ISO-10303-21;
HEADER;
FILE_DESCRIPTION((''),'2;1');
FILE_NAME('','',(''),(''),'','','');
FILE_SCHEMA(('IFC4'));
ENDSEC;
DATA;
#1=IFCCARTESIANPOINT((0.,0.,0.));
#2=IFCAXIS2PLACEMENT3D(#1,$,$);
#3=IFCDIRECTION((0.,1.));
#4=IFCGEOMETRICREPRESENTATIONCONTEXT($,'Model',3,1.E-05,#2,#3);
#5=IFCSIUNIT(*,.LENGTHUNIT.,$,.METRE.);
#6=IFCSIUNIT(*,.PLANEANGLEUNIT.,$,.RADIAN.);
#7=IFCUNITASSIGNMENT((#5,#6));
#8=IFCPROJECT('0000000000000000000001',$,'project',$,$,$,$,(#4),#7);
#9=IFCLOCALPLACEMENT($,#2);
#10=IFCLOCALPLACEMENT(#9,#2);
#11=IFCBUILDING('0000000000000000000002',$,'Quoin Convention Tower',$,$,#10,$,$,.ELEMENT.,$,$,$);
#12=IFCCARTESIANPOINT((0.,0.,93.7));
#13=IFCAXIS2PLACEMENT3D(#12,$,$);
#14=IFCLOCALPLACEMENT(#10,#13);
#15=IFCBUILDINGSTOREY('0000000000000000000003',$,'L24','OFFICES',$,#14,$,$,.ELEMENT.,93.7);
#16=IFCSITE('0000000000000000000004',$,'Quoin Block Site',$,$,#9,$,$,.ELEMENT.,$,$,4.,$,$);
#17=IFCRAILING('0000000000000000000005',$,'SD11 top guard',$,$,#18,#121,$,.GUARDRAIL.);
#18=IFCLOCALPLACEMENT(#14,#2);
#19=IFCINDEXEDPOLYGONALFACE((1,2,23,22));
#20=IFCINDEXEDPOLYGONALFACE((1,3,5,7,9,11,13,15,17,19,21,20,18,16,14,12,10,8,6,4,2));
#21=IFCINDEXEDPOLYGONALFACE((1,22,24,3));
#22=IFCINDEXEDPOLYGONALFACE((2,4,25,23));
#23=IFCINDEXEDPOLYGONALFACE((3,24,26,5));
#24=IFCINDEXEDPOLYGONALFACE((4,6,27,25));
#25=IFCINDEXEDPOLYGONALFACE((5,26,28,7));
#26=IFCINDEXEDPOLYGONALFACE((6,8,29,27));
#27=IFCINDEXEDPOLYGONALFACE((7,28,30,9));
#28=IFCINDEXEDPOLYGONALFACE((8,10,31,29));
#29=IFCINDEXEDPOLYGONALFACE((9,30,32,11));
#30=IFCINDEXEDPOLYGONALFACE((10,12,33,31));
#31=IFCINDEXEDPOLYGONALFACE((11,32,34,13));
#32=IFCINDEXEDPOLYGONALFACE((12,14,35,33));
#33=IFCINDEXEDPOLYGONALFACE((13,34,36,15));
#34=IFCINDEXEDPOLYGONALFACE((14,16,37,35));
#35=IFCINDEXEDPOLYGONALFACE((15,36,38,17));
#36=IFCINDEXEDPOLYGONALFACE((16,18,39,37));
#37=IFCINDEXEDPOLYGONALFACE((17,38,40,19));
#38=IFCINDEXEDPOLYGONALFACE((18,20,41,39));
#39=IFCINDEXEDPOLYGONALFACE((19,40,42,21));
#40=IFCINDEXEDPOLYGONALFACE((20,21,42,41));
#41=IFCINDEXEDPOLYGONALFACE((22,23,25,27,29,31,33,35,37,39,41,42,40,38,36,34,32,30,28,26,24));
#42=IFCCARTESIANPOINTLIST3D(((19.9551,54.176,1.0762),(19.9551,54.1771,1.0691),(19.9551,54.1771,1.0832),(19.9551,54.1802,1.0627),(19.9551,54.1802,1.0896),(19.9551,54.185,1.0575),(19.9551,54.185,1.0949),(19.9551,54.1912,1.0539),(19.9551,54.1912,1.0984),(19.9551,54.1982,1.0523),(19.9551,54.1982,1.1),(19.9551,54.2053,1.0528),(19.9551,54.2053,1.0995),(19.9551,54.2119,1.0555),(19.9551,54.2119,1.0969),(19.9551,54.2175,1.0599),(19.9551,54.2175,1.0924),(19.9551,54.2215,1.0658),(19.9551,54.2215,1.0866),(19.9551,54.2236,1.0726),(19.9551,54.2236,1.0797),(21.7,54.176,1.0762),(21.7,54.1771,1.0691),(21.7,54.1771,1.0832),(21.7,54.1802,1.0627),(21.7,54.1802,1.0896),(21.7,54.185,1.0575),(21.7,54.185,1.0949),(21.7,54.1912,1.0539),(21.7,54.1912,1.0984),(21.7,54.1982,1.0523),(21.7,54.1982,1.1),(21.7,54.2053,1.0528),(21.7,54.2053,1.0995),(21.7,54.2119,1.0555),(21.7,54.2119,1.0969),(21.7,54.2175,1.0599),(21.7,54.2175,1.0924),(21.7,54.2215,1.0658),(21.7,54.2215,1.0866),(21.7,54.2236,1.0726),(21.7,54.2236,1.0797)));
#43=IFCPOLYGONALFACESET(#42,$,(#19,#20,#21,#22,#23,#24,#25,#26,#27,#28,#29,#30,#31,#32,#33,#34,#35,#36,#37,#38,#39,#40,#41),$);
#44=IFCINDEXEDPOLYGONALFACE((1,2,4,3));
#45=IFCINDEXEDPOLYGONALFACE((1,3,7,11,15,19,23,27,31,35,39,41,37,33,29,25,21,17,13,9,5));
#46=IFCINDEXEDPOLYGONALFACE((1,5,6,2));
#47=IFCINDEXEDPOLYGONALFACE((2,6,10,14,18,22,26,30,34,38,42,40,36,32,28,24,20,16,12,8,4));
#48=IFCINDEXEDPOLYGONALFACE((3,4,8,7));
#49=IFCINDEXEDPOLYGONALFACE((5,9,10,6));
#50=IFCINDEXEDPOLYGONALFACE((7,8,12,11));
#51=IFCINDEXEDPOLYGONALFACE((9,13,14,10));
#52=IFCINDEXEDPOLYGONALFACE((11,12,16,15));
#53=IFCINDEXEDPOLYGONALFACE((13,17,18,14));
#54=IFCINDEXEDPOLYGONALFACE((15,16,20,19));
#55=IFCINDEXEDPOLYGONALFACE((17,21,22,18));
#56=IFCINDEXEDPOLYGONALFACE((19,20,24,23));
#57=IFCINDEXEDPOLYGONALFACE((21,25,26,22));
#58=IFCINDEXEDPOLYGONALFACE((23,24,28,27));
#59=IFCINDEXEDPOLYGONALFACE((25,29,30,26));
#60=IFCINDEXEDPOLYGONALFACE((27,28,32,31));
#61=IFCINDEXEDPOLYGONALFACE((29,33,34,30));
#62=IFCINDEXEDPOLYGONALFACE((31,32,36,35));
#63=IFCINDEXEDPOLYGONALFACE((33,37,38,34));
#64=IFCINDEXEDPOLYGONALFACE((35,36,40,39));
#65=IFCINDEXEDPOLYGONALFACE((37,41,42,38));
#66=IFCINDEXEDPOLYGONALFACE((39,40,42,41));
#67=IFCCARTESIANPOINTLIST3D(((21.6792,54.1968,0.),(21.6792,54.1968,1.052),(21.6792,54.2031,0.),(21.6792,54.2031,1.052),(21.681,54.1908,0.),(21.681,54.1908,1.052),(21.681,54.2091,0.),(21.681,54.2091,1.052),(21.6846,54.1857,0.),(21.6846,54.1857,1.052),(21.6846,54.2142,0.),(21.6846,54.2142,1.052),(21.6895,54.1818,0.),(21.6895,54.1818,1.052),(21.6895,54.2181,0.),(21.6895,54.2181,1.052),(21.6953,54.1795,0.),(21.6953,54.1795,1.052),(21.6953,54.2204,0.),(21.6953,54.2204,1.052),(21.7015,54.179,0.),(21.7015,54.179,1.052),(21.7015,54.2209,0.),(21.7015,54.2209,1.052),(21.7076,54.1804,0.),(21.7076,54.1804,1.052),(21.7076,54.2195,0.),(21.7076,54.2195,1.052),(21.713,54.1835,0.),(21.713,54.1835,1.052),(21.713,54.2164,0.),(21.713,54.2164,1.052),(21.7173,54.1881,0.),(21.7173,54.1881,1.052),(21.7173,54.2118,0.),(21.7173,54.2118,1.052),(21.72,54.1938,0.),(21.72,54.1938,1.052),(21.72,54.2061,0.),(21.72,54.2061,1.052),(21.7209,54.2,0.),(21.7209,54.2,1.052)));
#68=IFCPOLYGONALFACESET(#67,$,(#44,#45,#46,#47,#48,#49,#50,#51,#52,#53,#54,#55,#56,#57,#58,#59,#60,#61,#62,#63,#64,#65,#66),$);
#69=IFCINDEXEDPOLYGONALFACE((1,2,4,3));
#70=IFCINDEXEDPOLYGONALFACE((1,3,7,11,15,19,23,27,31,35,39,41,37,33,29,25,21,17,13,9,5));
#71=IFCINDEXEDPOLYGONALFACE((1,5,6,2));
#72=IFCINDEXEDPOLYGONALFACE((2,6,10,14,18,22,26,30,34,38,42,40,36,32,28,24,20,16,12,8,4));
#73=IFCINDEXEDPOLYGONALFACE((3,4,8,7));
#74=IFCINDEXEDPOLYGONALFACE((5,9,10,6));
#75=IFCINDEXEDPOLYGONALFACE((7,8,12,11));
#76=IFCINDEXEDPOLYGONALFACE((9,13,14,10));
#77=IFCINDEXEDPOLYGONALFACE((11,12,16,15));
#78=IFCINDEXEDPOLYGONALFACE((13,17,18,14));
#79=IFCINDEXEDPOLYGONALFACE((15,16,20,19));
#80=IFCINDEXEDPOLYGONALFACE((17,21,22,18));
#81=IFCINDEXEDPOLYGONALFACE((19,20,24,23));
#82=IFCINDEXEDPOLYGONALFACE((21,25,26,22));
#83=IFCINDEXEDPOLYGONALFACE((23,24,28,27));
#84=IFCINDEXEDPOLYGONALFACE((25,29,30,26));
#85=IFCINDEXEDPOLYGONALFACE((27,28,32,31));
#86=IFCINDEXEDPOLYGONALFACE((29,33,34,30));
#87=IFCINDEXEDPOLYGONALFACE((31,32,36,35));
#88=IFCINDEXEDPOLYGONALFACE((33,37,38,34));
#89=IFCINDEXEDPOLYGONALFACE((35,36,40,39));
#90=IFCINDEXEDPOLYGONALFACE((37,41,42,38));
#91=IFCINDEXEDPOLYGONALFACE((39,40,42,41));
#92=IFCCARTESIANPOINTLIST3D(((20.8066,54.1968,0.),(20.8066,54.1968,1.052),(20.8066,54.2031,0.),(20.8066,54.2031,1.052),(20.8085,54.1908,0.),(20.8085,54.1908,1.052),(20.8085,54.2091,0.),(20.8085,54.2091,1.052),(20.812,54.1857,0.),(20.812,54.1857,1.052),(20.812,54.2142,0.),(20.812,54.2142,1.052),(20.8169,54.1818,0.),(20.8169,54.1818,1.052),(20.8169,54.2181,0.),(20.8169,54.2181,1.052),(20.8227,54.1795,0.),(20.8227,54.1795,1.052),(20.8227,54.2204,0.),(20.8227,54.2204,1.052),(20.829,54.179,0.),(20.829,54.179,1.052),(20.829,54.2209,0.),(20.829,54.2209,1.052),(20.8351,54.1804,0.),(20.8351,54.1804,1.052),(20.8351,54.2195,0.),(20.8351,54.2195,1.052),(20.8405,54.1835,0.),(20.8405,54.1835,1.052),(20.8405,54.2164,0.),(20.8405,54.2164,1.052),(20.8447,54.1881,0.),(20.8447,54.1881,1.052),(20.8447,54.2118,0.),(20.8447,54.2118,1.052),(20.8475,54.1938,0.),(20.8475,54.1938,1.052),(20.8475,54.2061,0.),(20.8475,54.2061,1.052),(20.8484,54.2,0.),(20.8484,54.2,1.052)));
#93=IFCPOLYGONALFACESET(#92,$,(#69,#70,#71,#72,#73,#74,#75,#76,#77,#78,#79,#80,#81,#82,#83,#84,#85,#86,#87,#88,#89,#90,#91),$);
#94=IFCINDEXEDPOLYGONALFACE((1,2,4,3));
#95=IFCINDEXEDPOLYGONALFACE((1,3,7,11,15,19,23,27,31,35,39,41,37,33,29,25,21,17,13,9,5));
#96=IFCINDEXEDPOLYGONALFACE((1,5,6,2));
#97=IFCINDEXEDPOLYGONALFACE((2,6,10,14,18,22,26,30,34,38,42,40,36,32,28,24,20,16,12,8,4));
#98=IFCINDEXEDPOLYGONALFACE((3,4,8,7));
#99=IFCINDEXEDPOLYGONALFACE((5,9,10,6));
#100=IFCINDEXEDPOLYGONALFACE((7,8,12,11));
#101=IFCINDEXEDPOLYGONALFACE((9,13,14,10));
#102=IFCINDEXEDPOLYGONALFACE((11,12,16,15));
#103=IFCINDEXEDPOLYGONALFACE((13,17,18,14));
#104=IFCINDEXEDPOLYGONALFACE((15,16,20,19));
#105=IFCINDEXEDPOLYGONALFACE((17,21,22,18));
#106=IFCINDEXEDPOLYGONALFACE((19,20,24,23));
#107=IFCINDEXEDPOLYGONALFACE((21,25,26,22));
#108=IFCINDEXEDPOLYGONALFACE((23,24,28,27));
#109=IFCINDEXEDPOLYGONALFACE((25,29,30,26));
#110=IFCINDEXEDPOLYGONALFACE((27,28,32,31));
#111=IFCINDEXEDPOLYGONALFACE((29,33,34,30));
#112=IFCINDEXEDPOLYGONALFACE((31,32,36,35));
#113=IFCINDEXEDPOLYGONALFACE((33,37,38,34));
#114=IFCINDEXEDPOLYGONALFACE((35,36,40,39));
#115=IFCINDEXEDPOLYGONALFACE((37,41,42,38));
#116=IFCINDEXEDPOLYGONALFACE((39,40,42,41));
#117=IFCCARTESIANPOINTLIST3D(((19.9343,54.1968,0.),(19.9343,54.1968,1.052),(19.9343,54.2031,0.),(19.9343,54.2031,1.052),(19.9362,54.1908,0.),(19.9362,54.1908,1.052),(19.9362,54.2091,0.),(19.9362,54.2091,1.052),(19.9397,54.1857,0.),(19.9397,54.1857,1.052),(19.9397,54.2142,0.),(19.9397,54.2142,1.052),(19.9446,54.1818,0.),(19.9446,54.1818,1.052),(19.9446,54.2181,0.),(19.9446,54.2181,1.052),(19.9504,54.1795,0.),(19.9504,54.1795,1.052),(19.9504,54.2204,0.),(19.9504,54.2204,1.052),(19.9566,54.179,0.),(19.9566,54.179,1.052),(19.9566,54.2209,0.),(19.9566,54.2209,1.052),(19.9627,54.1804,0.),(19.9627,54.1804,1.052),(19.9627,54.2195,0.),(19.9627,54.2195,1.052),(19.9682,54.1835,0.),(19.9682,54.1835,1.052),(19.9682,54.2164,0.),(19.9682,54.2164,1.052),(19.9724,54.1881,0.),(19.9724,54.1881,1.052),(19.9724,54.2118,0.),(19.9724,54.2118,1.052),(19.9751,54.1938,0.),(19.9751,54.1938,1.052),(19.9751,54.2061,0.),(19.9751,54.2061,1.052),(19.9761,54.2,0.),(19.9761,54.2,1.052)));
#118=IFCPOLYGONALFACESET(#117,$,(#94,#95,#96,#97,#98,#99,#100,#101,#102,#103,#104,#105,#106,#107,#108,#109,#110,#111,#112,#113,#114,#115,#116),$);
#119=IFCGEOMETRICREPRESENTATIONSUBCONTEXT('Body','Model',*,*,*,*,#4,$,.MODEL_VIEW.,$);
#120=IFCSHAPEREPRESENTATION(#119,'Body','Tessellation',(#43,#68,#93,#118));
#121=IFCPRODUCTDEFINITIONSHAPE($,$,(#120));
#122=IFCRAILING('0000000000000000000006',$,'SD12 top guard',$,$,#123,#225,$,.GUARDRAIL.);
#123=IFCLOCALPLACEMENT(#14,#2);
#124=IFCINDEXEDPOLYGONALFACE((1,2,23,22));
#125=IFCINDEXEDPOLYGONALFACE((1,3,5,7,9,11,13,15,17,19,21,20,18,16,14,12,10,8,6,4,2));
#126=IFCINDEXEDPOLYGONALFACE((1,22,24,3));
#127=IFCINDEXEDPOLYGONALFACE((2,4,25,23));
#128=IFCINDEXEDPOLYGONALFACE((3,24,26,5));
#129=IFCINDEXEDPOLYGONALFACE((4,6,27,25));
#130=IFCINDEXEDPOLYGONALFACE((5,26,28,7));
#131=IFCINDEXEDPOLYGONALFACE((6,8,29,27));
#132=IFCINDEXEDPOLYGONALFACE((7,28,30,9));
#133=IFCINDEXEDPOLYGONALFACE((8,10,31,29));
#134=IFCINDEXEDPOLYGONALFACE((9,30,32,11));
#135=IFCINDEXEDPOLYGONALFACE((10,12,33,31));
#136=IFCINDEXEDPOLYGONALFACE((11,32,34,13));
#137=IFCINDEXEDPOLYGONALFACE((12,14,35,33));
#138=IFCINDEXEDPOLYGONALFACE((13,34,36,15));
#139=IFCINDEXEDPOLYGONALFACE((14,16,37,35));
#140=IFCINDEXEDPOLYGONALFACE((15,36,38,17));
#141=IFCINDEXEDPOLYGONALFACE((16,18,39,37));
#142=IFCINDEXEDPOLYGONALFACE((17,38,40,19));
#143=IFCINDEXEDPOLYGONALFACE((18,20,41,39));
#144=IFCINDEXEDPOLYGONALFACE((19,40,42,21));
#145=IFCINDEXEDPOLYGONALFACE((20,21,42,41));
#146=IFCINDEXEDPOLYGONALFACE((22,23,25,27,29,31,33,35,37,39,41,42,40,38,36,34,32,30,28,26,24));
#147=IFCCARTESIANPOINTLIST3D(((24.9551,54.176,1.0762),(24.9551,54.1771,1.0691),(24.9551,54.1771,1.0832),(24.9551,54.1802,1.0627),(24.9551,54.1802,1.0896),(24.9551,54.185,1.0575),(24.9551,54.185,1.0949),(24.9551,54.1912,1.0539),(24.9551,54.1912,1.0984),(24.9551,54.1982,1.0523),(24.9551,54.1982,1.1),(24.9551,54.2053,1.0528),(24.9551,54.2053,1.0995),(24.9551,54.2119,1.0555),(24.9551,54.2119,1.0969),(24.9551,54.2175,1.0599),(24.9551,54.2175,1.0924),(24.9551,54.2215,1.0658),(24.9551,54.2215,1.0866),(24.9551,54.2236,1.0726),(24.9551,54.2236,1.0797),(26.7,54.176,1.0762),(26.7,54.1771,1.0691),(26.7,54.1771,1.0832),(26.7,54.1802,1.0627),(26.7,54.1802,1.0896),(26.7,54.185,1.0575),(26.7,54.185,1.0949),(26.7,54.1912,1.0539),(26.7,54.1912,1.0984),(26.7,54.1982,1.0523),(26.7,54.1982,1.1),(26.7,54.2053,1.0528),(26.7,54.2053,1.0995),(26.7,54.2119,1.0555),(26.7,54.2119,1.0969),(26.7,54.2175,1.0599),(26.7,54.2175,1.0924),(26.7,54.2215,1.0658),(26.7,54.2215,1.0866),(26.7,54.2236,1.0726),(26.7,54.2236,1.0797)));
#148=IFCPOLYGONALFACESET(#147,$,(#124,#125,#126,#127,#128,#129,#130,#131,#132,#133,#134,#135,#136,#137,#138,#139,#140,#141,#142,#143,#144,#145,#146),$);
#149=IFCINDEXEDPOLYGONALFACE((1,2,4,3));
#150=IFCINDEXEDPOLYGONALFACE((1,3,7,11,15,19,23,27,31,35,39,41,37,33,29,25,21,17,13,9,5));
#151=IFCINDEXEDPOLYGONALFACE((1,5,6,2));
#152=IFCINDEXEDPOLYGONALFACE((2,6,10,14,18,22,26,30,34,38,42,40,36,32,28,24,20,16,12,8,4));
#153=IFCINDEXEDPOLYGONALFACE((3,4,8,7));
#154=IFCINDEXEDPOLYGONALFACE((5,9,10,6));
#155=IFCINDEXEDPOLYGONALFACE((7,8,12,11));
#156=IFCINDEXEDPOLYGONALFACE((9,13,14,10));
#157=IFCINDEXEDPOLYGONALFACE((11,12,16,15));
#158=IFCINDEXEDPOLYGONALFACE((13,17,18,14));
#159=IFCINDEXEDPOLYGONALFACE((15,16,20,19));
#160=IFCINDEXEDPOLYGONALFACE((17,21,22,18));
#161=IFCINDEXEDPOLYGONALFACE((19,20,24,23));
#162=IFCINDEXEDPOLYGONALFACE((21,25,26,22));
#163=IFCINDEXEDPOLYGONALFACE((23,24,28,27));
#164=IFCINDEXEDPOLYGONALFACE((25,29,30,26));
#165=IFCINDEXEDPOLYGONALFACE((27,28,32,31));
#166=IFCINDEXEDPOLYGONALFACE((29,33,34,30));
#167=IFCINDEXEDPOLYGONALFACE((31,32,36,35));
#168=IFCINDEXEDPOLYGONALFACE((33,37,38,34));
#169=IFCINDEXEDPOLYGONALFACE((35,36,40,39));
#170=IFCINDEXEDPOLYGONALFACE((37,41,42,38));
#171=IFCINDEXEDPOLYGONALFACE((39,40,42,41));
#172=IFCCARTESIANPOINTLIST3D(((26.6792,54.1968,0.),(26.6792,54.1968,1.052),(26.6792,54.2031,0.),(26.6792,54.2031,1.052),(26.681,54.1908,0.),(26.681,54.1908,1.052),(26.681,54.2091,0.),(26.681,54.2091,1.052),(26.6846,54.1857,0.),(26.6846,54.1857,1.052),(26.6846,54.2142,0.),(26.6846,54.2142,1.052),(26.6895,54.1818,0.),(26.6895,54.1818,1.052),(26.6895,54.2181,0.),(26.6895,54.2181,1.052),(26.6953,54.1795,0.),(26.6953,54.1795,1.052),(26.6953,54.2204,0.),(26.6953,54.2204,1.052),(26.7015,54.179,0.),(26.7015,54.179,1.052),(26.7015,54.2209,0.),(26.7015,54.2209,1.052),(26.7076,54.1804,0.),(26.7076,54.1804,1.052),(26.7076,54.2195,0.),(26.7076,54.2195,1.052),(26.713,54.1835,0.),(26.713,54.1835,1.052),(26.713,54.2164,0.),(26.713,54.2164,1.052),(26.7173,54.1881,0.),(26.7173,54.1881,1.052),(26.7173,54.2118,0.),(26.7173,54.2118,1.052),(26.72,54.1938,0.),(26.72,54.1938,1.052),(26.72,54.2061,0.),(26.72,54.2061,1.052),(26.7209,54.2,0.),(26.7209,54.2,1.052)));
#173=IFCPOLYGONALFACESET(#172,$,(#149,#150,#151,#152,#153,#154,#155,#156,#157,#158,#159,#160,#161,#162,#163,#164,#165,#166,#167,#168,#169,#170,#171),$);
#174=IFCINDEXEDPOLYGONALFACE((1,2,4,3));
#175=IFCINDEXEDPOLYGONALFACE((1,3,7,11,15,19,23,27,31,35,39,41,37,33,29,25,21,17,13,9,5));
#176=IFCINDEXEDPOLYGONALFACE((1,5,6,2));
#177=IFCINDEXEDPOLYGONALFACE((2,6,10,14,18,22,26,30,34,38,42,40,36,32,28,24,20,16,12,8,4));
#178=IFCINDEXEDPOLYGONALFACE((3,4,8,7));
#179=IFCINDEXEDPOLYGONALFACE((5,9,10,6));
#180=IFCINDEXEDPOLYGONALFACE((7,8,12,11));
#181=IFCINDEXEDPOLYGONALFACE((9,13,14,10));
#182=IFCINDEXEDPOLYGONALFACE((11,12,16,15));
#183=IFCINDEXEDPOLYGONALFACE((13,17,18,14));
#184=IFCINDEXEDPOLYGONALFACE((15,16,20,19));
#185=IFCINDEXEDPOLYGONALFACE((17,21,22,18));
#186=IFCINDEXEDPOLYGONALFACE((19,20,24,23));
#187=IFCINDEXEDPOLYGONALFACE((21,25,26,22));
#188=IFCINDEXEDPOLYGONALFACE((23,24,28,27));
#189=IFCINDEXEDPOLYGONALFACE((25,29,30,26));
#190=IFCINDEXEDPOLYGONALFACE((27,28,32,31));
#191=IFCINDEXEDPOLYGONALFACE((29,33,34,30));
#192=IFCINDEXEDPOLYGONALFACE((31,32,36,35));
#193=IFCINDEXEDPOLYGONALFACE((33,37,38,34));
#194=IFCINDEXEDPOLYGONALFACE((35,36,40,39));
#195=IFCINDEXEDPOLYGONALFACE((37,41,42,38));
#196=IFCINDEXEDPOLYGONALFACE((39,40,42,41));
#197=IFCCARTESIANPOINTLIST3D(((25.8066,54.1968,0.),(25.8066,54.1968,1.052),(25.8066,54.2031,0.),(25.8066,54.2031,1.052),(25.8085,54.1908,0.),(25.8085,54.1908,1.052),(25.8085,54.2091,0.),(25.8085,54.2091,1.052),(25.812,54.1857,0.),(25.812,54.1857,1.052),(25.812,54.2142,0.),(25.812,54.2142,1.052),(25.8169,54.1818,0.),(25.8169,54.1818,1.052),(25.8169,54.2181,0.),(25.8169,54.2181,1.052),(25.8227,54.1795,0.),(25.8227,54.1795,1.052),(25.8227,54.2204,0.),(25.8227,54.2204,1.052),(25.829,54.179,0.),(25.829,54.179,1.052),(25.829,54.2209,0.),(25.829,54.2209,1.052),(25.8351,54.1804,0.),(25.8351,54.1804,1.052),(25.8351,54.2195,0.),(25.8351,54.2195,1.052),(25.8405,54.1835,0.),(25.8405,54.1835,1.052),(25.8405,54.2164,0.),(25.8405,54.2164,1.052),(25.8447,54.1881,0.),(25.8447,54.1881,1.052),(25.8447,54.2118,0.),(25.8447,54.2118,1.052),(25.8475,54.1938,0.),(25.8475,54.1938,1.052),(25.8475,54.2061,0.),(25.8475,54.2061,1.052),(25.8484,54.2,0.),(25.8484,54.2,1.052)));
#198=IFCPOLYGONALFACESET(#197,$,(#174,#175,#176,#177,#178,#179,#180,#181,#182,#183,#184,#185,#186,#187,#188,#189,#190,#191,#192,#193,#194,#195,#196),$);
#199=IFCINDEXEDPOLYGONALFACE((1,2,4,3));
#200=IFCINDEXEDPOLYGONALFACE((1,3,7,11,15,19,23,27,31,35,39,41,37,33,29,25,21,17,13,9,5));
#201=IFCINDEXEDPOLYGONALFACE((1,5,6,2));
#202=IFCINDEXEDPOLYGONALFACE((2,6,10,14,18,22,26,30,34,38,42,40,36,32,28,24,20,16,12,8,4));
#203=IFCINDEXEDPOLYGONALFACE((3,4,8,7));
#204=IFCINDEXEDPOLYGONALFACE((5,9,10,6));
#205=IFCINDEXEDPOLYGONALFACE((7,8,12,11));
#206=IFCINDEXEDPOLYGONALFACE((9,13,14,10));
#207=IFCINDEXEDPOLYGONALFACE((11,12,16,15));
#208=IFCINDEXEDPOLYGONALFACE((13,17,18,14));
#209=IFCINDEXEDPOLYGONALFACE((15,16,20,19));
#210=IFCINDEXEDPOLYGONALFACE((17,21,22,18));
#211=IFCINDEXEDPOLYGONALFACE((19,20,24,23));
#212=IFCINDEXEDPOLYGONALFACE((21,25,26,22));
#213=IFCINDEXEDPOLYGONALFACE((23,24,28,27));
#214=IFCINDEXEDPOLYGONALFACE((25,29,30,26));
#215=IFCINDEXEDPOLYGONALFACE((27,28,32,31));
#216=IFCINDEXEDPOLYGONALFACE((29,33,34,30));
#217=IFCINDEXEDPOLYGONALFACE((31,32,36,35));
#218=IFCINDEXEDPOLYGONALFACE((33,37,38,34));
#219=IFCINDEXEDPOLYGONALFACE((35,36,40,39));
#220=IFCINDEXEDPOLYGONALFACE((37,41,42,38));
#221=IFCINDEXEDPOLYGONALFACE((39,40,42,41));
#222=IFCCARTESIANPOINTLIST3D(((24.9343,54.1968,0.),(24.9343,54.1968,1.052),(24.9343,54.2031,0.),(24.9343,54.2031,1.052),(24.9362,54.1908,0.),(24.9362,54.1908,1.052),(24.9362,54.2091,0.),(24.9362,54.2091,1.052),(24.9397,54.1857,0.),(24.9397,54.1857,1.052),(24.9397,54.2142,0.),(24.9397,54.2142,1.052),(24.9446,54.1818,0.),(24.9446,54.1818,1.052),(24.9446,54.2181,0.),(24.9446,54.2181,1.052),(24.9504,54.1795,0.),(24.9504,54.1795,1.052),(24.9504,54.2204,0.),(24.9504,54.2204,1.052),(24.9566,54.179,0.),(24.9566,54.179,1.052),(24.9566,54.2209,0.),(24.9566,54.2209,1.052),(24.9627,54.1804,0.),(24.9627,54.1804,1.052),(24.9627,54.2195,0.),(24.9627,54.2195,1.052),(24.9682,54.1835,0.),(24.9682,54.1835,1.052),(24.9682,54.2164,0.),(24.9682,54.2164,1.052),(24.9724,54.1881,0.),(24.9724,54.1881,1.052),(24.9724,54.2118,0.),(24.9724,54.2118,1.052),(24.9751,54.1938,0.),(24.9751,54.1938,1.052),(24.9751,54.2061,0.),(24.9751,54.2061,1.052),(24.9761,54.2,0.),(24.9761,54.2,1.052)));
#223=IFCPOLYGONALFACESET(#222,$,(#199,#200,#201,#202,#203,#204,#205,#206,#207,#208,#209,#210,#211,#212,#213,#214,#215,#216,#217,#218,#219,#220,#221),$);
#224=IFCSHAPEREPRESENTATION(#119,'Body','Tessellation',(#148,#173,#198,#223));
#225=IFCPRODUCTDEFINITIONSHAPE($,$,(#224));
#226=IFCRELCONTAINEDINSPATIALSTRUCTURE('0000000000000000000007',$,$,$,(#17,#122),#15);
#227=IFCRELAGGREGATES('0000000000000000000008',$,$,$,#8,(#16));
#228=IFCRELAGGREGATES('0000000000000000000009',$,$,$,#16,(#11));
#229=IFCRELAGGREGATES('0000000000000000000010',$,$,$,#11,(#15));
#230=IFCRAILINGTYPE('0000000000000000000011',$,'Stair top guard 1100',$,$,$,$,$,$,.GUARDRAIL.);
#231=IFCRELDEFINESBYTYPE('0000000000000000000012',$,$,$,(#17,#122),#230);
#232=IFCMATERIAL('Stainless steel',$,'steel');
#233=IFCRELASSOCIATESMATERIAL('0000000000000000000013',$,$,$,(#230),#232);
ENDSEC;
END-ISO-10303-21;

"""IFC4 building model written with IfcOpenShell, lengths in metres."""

from ifc_helpers import new_model, si_unit, direction, frame, origin, origin_2d, place, context, subcontext, project, spatial, circle, extrude, material, type_object, element, save


model = new_model("IFC4")

# Units and contexts
model_context = context("Model", 3, precision=1e-05, world=origin(), true_north=direction((0.0, 1.0)))
body_context = subcontext(model_context, "Body", "Model", "MODEL_VIEW")
ifc_project = project(units=[si_unit("LENGTHUNIT", "METRE"), si_unit("PLANEANGLEUNIT", "RADIAN")], contexts=[model_context])

# Site, building, storey
site_placement = place(None, origin())
site = spatial("IfcSite", under=ifc_project, at=site_placement, Name="Quoin Block Site", CompositionType="ELEMENT", RefElevation=4.0)
building_placement = place(site_placement, origin())
building = spatial("IfcBuilding", under=site, at=building_placement, Name="Quoin Convention Tower", CompositionType="ELEMENT")
storey_placement = place(building_placement, frame((0.0, 0.0, 93.7)))
storey = spatial("IfcBuildingStorey", under=building, at=storey_placement, Name="L24", Description="OFFICES", CompositionType="ELEMENT", Elevation=93.7)

# Railings
ifc_material_1 = material(Name="Stainless steel", Category="steel")
railing_type_1 = type_object("IfcRailingType", Name="Stair top guard 1100", PredefinedType="GUARDRAIL", material=ifc_material_1)
for number, where, name in (
    (1, (21.7, 54.2, 0.0), "SD11 top guard"),
    (2, (26.7, 54.2, 0.0), "SD12 top guard"),
):
    element("IfcRailing", number, at=place(storey_placement, frame(where)), inside=storey, type_object=railing_type_1, Name=name, PredefinedType="GUARDRAIL", context=body_context, shape_type="SweptSolid", body=[
        extrude(circle(Radius=0.0239, at=origin_2d()), frame((0.0, 0.0, 1.0762), z_axis=(-1.0, 0.0, 0.0), x_axis=(0.0, -1.0, 0.0)), (0.0, 0.0, 1.0), 1.7449),
        extrude(circle(Radius=0.021, at=origin_2d()), origin(), (0.0, 0.0, 1.0), 1.052),
        extrude(circle(Radius=0.021, at=origin_2d()), frame((-0.8726, 0.0, 0.0)), (0.0, 0.0, 1.0), 1.052),
        extrude(circle(Radius=0.021, at=origin_2d()), frame((-1.7449, 0.0, 0.0)), (0.0, 0.0, 1.0), 1.052),
    ])

save(model, "model.ifc")
